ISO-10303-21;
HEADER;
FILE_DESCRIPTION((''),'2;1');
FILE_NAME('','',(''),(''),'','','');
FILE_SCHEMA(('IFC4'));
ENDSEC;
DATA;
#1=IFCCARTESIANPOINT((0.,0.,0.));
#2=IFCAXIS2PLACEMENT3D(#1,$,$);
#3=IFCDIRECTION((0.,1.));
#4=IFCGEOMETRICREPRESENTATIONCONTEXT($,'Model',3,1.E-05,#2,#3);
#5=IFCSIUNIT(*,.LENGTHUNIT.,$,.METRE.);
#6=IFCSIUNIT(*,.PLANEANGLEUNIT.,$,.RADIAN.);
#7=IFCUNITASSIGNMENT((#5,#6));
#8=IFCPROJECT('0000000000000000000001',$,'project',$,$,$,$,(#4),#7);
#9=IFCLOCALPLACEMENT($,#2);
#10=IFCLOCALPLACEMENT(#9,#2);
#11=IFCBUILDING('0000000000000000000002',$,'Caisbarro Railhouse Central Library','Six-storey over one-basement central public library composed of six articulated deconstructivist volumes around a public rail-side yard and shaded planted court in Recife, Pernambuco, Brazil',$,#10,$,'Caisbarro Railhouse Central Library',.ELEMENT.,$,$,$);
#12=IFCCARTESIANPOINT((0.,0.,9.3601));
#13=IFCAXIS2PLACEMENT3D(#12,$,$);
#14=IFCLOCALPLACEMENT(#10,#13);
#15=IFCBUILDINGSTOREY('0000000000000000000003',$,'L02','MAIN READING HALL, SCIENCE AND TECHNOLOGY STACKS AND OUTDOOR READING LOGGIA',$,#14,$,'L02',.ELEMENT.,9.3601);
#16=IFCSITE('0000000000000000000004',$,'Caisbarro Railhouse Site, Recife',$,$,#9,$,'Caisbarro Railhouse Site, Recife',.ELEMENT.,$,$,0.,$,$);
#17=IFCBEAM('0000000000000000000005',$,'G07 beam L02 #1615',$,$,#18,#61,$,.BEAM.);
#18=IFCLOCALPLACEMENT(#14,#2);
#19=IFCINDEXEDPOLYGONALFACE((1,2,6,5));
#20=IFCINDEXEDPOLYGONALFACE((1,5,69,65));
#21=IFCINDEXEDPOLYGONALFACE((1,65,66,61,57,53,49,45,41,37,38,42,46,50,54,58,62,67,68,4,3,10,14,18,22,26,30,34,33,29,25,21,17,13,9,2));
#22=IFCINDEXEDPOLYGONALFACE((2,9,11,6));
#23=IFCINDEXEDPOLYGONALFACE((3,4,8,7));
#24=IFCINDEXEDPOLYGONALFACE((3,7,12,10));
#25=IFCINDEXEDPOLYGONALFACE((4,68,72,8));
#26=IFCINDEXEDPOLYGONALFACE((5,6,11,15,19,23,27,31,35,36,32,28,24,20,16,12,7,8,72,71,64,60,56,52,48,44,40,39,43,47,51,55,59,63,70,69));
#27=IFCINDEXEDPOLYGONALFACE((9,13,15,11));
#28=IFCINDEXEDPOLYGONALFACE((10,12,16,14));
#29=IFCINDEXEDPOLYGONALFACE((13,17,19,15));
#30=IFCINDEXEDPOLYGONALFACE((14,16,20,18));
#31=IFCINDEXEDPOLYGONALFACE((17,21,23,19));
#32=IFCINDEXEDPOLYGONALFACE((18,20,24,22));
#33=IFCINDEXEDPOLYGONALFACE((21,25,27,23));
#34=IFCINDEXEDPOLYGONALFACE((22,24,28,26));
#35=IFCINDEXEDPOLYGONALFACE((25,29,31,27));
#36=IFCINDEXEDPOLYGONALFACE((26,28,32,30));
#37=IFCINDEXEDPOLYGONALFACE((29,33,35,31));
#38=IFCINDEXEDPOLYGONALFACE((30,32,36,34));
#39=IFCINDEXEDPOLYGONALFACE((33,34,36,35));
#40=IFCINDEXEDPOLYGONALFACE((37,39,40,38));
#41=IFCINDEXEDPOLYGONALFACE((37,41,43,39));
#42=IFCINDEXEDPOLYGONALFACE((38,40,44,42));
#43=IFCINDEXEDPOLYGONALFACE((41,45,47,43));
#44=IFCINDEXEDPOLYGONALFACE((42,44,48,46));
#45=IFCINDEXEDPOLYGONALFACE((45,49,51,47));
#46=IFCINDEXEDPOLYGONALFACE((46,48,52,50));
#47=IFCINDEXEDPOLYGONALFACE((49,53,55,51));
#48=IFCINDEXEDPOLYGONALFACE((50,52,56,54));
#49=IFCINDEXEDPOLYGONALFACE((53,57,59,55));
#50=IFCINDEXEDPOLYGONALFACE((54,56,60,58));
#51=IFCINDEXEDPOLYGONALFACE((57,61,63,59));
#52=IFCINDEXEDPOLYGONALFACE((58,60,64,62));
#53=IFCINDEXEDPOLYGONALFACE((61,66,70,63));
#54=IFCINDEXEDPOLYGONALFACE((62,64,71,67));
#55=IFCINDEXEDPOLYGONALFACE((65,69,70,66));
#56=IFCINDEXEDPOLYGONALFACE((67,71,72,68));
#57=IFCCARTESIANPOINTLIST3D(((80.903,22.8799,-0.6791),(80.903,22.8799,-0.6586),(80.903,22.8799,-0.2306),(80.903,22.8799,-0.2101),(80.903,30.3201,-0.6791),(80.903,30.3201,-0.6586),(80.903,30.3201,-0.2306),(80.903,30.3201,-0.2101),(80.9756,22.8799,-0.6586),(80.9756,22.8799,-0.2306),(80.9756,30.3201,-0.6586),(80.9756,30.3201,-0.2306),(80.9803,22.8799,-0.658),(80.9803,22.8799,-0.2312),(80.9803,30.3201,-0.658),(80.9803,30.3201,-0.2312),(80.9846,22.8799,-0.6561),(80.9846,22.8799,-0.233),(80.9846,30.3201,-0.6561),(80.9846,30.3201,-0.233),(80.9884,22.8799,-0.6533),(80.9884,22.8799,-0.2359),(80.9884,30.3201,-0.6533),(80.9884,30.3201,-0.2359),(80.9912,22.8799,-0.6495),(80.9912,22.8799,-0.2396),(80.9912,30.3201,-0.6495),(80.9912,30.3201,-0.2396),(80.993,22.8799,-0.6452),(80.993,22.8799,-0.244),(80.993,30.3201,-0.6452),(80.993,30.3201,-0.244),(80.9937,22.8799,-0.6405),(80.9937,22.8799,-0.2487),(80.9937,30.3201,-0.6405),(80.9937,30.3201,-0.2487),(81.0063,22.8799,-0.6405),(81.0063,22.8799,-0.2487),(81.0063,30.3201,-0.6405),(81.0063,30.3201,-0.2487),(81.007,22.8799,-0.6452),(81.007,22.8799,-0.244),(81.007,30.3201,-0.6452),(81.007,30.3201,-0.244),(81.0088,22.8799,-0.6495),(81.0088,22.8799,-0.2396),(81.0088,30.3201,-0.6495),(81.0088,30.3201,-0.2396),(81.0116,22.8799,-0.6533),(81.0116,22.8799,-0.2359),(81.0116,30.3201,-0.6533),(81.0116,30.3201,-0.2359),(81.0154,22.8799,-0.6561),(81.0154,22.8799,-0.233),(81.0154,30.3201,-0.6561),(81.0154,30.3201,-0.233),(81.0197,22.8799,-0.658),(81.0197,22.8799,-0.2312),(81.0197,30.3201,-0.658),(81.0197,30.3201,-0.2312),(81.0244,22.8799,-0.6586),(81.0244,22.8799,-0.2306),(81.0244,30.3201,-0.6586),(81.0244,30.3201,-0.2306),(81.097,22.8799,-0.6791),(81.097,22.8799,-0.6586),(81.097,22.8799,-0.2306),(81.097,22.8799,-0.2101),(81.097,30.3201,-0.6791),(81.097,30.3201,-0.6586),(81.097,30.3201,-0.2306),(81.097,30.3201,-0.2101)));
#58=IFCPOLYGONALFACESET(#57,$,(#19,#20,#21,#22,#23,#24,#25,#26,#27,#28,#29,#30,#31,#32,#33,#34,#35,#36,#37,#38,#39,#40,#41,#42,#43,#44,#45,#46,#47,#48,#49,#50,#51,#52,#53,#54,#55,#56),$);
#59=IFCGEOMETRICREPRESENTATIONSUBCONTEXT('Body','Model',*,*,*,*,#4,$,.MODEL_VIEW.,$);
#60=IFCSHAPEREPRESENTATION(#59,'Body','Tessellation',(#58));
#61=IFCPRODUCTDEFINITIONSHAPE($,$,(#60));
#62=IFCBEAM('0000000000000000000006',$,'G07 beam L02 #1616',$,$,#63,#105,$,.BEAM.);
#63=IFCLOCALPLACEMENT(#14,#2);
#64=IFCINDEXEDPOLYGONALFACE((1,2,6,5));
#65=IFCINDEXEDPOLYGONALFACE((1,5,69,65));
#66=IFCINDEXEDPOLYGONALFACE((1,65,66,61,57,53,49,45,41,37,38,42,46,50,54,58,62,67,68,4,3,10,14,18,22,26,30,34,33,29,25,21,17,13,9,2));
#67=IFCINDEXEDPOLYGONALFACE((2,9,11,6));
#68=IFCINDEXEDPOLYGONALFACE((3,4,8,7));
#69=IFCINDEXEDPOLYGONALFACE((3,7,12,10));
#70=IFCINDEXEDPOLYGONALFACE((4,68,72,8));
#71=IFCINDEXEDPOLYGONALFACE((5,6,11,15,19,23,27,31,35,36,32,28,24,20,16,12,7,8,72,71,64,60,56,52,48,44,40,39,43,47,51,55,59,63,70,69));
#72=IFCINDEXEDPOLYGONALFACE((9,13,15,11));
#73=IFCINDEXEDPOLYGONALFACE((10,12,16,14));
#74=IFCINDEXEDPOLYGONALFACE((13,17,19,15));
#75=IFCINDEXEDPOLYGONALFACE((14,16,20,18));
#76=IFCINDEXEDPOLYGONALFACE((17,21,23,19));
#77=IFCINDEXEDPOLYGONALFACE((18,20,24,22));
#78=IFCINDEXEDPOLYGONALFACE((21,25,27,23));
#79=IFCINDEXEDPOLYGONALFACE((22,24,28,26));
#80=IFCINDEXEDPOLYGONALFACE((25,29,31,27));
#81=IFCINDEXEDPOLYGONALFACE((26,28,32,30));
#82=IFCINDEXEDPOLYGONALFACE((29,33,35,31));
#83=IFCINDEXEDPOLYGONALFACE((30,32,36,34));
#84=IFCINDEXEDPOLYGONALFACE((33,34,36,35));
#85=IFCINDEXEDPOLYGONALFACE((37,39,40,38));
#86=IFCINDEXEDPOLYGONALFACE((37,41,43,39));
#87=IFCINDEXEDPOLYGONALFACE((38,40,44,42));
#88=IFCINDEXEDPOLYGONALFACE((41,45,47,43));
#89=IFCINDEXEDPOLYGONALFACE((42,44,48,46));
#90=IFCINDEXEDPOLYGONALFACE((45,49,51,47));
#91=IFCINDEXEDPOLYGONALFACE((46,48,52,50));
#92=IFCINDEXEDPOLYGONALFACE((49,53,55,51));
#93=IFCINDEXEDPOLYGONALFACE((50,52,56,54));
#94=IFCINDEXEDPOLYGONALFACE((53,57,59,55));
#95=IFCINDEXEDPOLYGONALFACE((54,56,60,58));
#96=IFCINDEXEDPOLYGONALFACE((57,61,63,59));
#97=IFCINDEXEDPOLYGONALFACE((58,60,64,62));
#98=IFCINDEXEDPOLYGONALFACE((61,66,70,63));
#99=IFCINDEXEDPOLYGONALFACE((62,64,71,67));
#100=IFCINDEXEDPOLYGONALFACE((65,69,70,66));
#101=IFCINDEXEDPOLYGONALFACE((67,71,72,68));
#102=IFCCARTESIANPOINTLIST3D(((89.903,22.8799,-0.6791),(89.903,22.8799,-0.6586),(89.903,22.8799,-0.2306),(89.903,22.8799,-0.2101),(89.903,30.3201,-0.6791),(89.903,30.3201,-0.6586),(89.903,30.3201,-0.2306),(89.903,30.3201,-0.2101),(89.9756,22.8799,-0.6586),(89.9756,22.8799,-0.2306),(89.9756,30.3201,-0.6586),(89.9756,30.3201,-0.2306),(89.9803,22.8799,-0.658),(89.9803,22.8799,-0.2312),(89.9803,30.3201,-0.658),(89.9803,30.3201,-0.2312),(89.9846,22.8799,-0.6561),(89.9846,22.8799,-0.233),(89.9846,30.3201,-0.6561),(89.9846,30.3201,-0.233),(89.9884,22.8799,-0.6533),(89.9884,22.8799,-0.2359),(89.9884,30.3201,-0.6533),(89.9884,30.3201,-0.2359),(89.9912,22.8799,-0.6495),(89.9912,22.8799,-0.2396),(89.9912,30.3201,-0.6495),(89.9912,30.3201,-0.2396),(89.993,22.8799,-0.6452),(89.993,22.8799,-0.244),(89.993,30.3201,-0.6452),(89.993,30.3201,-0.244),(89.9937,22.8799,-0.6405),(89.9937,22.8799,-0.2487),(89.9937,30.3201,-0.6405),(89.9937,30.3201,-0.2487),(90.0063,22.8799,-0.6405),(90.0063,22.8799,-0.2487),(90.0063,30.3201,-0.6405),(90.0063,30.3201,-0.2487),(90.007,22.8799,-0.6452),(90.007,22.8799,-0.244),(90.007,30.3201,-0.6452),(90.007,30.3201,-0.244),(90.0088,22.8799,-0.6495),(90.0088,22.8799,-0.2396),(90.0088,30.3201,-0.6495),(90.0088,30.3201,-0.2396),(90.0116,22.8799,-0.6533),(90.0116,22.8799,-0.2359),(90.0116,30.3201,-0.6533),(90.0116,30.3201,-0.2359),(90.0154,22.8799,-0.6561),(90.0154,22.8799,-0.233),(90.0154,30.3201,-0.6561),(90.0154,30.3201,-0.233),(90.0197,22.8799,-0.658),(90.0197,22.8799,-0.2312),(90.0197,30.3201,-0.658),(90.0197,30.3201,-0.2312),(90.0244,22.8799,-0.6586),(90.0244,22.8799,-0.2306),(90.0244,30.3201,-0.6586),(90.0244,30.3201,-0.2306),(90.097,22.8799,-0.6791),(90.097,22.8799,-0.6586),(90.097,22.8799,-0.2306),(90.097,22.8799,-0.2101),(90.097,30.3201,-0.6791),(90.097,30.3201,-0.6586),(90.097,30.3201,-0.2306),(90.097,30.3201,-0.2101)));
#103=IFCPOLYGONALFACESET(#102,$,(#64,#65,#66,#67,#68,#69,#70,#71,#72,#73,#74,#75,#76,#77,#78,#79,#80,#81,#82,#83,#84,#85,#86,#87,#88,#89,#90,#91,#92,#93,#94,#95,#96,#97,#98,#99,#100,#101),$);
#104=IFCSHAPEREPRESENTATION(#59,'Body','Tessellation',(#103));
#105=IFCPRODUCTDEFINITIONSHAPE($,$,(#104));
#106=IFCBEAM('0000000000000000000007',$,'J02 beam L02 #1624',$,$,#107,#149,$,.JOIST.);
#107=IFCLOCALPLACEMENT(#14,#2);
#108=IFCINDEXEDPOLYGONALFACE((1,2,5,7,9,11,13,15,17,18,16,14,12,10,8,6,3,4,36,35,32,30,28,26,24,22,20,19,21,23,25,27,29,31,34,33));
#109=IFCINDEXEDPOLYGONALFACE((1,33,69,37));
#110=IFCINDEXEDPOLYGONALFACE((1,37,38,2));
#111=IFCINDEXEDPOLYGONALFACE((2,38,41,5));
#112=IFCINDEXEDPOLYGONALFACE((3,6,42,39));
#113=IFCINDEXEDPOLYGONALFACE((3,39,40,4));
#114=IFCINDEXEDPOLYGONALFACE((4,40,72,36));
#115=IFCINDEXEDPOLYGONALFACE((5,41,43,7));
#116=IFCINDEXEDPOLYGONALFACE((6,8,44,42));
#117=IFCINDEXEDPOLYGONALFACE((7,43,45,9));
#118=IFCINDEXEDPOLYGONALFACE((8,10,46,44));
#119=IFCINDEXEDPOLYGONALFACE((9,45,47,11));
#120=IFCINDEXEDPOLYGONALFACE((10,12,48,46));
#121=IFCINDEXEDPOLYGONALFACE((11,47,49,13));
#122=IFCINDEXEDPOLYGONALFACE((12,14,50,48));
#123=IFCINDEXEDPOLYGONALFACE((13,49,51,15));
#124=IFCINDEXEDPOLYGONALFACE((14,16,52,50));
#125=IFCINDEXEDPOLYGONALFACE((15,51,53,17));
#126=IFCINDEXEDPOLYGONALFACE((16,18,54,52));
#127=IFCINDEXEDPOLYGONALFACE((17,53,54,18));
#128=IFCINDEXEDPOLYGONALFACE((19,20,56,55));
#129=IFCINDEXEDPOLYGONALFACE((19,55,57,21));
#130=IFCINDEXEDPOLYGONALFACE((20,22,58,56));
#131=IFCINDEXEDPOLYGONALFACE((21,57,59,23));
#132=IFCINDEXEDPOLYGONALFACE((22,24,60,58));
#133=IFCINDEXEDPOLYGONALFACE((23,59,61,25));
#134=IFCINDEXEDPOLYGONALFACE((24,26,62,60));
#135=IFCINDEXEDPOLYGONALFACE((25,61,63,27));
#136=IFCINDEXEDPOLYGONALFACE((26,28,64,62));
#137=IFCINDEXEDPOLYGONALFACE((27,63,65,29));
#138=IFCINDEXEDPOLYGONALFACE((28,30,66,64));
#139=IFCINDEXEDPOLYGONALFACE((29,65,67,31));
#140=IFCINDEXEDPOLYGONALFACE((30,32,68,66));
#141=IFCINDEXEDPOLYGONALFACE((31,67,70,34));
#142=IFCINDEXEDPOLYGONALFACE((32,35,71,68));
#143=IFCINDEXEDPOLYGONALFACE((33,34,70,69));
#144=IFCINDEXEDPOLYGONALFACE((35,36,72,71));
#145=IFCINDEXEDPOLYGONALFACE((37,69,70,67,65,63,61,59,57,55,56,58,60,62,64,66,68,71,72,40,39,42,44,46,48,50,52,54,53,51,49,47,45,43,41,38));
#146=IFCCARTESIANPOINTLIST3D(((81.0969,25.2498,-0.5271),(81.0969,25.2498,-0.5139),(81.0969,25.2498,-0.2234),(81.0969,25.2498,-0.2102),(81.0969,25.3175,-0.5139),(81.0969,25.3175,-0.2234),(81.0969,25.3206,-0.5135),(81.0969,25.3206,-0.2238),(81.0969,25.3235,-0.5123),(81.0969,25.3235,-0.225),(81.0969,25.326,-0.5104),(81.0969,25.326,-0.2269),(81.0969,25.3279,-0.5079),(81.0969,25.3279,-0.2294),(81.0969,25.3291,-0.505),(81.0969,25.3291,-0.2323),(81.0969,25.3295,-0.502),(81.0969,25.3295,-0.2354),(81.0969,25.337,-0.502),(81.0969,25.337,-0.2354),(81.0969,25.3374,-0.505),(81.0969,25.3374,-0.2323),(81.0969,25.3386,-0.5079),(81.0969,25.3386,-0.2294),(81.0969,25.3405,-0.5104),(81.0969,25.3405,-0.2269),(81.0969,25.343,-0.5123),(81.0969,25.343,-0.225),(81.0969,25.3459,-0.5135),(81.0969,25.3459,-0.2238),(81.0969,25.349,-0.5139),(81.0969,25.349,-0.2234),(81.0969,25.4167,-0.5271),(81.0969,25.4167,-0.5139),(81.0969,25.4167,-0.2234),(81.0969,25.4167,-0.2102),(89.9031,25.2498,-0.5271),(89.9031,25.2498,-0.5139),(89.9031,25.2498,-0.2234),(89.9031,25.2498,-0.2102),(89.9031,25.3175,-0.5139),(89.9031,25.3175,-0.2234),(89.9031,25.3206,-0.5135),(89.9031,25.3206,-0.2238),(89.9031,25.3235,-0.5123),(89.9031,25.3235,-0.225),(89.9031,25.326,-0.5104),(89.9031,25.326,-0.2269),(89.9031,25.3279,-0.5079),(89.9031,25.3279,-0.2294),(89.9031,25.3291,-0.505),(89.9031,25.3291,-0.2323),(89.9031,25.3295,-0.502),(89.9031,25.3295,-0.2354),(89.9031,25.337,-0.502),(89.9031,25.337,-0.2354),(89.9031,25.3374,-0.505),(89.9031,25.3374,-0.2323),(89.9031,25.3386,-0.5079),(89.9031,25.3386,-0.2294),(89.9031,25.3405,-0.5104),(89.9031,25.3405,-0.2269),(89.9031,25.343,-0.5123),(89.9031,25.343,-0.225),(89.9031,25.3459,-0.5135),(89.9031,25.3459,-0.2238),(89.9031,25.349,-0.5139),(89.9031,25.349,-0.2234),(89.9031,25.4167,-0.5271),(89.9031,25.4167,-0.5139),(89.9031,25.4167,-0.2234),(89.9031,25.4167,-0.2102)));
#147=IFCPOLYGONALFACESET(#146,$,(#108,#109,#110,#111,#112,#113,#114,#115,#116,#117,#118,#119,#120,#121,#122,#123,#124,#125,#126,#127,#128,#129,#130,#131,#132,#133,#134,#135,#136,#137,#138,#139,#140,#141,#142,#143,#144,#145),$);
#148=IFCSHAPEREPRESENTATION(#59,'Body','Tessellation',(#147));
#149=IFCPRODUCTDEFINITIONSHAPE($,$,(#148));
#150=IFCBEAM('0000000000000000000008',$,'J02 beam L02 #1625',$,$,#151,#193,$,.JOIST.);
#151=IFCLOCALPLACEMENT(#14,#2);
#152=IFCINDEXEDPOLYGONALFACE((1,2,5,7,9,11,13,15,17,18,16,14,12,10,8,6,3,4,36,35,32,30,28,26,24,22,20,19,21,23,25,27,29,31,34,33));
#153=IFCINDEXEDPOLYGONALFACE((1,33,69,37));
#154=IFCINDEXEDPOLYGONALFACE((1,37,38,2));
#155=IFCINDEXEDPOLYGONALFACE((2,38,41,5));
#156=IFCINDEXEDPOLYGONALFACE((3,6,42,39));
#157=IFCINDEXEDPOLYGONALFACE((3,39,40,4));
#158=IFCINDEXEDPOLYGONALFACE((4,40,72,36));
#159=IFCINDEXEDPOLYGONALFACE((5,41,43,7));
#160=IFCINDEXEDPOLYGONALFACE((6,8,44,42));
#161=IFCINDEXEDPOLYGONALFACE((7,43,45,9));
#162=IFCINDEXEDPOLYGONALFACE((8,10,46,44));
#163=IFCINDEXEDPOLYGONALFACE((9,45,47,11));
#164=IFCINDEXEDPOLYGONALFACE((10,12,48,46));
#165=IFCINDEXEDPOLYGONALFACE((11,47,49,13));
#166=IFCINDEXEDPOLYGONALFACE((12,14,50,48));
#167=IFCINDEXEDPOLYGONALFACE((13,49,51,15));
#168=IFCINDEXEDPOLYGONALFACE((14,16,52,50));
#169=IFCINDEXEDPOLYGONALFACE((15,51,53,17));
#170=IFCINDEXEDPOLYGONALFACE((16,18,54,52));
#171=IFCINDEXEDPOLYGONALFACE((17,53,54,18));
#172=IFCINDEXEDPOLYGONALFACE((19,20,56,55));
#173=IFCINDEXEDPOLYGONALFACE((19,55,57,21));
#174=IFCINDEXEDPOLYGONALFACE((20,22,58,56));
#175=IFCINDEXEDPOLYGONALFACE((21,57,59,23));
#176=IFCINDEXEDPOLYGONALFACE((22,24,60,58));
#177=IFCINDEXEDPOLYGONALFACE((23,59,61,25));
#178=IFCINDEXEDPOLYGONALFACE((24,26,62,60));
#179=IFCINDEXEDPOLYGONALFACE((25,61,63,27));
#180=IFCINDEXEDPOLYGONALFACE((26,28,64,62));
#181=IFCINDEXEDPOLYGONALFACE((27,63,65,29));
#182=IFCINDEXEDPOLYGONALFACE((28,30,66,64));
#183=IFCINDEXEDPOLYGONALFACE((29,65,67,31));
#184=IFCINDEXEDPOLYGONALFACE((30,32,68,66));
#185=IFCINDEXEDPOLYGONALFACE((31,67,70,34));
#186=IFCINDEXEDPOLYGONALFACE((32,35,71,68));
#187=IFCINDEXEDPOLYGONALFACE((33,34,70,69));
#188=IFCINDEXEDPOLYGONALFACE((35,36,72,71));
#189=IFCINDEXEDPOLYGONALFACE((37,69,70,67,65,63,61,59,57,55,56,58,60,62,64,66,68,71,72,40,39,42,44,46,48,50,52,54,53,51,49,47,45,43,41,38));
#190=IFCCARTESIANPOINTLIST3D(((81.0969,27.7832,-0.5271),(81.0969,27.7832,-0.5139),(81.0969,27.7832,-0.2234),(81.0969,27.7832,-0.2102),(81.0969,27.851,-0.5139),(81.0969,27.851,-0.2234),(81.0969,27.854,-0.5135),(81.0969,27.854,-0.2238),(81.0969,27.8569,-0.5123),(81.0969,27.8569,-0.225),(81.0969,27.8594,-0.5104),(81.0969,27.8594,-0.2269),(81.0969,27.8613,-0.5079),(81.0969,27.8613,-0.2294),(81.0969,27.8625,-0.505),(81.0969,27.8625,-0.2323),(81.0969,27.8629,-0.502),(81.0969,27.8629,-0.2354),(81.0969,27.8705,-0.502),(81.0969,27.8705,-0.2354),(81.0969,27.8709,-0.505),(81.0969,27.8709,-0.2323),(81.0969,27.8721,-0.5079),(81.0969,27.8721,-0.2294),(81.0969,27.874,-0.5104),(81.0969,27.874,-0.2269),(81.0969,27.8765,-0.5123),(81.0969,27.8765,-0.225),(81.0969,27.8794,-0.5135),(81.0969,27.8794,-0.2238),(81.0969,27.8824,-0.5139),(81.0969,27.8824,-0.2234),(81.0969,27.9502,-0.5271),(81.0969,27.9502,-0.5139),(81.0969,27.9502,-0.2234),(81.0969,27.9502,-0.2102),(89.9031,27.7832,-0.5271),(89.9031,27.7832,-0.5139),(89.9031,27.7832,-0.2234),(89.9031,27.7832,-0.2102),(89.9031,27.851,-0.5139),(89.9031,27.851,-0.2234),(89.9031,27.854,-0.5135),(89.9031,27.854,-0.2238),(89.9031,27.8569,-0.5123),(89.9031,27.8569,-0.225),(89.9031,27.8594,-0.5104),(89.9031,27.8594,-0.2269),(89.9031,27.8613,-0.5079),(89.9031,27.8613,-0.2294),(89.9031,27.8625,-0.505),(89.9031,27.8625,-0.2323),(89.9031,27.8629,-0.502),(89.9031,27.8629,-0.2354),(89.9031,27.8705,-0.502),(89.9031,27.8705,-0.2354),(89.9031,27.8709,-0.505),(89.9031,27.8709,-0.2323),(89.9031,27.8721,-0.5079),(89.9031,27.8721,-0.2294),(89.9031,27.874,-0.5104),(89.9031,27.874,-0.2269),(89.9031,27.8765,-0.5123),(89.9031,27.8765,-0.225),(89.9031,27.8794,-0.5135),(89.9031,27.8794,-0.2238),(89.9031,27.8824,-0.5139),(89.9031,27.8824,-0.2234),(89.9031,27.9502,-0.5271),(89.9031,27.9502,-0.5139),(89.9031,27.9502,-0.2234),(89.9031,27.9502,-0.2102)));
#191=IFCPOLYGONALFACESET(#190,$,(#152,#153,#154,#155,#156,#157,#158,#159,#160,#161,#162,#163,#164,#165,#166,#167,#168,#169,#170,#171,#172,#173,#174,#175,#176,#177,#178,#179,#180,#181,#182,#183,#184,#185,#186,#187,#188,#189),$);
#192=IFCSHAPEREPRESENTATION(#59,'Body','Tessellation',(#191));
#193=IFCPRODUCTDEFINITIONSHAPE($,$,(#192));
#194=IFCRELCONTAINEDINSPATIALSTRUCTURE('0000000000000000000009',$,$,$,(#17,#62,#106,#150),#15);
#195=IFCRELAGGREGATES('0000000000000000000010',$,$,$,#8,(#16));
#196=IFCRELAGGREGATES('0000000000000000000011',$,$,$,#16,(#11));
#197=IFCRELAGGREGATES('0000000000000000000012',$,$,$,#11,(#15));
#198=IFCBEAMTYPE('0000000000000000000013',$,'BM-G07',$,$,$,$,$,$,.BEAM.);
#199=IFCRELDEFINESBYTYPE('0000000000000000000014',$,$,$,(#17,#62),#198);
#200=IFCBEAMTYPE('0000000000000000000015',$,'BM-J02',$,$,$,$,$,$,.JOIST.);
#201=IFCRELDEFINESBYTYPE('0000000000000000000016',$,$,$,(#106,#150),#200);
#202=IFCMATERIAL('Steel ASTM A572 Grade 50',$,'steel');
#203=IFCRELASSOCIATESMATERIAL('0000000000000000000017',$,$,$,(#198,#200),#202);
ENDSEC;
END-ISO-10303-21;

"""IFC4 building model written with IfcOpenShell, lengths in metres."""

from ifc_helpers import new_model, si_unit, direction, frame, origin, origin_2d, place, context, subcontext, project, spatial, i_section, extrude, material, material_profile, profile_set, type_object, element, save


model = new_model("IFC4")

# Units and contexts
model_context = context("Model", 3, precision=1e-05, world=origin(), true_north=direction((0.0, 1.0)))
body_context = subcontext(model_context, "Body", "Model", "MODEL_VIEW")
ifc_project = project(units=[si_unit("LENGTHUNIT", "METRE"), si_unit("PLANEANGLEUNIT", "RADIAN")], contexts=[model_context])

# Site, building, storey
site_placement = place(None, origin())
site = spatial("IfcSite", under=ifc_project, at=site_placement, Name="Caisbarro Railhouse Site, Recife", LongName="Caisbarro Railhouse Site, Recife", CompositionType="ELEMENT", RefElevation=0.0)
building_placement = place(site_placement, origin())
building = spatial("IfcBuilding", under=site, at=building_placement, Name="Caisbarro Railhouse Central Library", Description="Six-storey over one-basement central public library composed of six articulated deconstructivist volumes around a public rail-side yard and shaded planted court in Recife, Pernambuco, Brazil", LongName="Caisbarro Railhouse Central Library", CompositionType="ELEMENT")
storey_placement = place(building_placement, frame((0.0, 0.0, 9.3601)))
storey = spatial("IfcBuildingStorey", under=building, at=storey_placement, Name="L02", Description="MAIN READING HALL, SCIENCE AND TECHNOLOGY STACKS AND OUTDOOR READING LOGGIA", LongName="L02", CompositionType="ELEMENT", Elevation=9.3601)

# Beams
ifc_material_1 = material(Name="Steel ASTM A572 Grade 50", Category="steel")
ifc_material_profile_1 = material_profile(ifc_material_1, i_section(OverallWidth=0.1941, OverallDepth=0.469, WebThickness=0.0127, FlangeThickness=0.0205, FilletRadius=0.0181, at=origin_2d()), Name="W460X106.0")
ifc_profile_set_1 = profile_set([ifc_material_profile_1], Name="Steel ASTM A572 Grade 50")
beam_type_1 = type_object("IfcBeamType", Name="BM-G07", PredefinedType="BEAM", material=ifc_profile_set_1)
for number, where, z_axis, x_axis, name in (
    (1, (81.0, 22.8799, -0.4446), (0.0, 1.0, 0.0), (-1.0, 0.0, 0.0), "G07 beam L02 #1615"),
    (2, (90.0, 22.8799, -0.4446), (0.0, 1.0, 0.0), (-1.0, 0.0, 0.0), "G07 beam L02 #1616"),
):
    element("IfcBeam", number, at=place(storey_placement, frame(where, z_axis=z_axis, x_axis=x_axis)), inside=storey, type_object=beam_type_1, Name=name, PredefinedType="BEAM", context=body_context, shape_type="SweptSolid", body=[
        extrude(i_section(OverallWidth=0.1941, OverallDepth=0.469, WebThickness=0.0127, FlangeThickness=0.0205, FilletRadius=0.0181, at=origin_2d()), origin(), (0.0, 0.0, 1.0), 7.4402),
    ])
ifc_material_profile_2 = material_profile(ifc_material_1, i_section(OverallWidth=0.167, OverallDepth=0.3169, WebThickness=0.0076, FlangeThickness=0.0132, FilletRadius=0.012, at=origin_2d()), Name="W310X52.0")
ifc_profile_set_2 = profile_set([ifc_material_profile_2], Name="Steel ASTM A572 Grade 50")
beam_type_2 = type_object("IfcBeamType", Name="BM-J02", PredefinedType="JOIST", material=ifc_profile_set_2)
for number, where, z_axis, x_axis, name in (
    (3, (81.0969, 25.3333, -0.3687), (1.0, 0.0, 0.0), (0.0, 1.0, 0.0), "J02 beam L02 #1624"),
    (4, (81.0969, 27.8667, -0.3687), (1.0, 0.0, 0.0), (0.0, 1.0, 0.0), "J02 beam L02 #1625"),
):
    element("IfcBeam", number, at=place(storey_placement, frame(where, z_axis=z_axis, x_axis=x_axis)), inside=storey, type_object=beam_type_2, Name=name, PredefinedType="JOIST", context=body_context, shape_type="SweptSolid", body=[
        extrude(i_section(OverallWidth=0.167, OverallDepth=0.3169, WebThickness=0.0076, FlangeThickness=0.0132, FilletRadius=0.012, at=origin_2d()), origin(), (0.0, 0.0, 1.0), 8.8062),
    ])

save(model, "model.ifc")
